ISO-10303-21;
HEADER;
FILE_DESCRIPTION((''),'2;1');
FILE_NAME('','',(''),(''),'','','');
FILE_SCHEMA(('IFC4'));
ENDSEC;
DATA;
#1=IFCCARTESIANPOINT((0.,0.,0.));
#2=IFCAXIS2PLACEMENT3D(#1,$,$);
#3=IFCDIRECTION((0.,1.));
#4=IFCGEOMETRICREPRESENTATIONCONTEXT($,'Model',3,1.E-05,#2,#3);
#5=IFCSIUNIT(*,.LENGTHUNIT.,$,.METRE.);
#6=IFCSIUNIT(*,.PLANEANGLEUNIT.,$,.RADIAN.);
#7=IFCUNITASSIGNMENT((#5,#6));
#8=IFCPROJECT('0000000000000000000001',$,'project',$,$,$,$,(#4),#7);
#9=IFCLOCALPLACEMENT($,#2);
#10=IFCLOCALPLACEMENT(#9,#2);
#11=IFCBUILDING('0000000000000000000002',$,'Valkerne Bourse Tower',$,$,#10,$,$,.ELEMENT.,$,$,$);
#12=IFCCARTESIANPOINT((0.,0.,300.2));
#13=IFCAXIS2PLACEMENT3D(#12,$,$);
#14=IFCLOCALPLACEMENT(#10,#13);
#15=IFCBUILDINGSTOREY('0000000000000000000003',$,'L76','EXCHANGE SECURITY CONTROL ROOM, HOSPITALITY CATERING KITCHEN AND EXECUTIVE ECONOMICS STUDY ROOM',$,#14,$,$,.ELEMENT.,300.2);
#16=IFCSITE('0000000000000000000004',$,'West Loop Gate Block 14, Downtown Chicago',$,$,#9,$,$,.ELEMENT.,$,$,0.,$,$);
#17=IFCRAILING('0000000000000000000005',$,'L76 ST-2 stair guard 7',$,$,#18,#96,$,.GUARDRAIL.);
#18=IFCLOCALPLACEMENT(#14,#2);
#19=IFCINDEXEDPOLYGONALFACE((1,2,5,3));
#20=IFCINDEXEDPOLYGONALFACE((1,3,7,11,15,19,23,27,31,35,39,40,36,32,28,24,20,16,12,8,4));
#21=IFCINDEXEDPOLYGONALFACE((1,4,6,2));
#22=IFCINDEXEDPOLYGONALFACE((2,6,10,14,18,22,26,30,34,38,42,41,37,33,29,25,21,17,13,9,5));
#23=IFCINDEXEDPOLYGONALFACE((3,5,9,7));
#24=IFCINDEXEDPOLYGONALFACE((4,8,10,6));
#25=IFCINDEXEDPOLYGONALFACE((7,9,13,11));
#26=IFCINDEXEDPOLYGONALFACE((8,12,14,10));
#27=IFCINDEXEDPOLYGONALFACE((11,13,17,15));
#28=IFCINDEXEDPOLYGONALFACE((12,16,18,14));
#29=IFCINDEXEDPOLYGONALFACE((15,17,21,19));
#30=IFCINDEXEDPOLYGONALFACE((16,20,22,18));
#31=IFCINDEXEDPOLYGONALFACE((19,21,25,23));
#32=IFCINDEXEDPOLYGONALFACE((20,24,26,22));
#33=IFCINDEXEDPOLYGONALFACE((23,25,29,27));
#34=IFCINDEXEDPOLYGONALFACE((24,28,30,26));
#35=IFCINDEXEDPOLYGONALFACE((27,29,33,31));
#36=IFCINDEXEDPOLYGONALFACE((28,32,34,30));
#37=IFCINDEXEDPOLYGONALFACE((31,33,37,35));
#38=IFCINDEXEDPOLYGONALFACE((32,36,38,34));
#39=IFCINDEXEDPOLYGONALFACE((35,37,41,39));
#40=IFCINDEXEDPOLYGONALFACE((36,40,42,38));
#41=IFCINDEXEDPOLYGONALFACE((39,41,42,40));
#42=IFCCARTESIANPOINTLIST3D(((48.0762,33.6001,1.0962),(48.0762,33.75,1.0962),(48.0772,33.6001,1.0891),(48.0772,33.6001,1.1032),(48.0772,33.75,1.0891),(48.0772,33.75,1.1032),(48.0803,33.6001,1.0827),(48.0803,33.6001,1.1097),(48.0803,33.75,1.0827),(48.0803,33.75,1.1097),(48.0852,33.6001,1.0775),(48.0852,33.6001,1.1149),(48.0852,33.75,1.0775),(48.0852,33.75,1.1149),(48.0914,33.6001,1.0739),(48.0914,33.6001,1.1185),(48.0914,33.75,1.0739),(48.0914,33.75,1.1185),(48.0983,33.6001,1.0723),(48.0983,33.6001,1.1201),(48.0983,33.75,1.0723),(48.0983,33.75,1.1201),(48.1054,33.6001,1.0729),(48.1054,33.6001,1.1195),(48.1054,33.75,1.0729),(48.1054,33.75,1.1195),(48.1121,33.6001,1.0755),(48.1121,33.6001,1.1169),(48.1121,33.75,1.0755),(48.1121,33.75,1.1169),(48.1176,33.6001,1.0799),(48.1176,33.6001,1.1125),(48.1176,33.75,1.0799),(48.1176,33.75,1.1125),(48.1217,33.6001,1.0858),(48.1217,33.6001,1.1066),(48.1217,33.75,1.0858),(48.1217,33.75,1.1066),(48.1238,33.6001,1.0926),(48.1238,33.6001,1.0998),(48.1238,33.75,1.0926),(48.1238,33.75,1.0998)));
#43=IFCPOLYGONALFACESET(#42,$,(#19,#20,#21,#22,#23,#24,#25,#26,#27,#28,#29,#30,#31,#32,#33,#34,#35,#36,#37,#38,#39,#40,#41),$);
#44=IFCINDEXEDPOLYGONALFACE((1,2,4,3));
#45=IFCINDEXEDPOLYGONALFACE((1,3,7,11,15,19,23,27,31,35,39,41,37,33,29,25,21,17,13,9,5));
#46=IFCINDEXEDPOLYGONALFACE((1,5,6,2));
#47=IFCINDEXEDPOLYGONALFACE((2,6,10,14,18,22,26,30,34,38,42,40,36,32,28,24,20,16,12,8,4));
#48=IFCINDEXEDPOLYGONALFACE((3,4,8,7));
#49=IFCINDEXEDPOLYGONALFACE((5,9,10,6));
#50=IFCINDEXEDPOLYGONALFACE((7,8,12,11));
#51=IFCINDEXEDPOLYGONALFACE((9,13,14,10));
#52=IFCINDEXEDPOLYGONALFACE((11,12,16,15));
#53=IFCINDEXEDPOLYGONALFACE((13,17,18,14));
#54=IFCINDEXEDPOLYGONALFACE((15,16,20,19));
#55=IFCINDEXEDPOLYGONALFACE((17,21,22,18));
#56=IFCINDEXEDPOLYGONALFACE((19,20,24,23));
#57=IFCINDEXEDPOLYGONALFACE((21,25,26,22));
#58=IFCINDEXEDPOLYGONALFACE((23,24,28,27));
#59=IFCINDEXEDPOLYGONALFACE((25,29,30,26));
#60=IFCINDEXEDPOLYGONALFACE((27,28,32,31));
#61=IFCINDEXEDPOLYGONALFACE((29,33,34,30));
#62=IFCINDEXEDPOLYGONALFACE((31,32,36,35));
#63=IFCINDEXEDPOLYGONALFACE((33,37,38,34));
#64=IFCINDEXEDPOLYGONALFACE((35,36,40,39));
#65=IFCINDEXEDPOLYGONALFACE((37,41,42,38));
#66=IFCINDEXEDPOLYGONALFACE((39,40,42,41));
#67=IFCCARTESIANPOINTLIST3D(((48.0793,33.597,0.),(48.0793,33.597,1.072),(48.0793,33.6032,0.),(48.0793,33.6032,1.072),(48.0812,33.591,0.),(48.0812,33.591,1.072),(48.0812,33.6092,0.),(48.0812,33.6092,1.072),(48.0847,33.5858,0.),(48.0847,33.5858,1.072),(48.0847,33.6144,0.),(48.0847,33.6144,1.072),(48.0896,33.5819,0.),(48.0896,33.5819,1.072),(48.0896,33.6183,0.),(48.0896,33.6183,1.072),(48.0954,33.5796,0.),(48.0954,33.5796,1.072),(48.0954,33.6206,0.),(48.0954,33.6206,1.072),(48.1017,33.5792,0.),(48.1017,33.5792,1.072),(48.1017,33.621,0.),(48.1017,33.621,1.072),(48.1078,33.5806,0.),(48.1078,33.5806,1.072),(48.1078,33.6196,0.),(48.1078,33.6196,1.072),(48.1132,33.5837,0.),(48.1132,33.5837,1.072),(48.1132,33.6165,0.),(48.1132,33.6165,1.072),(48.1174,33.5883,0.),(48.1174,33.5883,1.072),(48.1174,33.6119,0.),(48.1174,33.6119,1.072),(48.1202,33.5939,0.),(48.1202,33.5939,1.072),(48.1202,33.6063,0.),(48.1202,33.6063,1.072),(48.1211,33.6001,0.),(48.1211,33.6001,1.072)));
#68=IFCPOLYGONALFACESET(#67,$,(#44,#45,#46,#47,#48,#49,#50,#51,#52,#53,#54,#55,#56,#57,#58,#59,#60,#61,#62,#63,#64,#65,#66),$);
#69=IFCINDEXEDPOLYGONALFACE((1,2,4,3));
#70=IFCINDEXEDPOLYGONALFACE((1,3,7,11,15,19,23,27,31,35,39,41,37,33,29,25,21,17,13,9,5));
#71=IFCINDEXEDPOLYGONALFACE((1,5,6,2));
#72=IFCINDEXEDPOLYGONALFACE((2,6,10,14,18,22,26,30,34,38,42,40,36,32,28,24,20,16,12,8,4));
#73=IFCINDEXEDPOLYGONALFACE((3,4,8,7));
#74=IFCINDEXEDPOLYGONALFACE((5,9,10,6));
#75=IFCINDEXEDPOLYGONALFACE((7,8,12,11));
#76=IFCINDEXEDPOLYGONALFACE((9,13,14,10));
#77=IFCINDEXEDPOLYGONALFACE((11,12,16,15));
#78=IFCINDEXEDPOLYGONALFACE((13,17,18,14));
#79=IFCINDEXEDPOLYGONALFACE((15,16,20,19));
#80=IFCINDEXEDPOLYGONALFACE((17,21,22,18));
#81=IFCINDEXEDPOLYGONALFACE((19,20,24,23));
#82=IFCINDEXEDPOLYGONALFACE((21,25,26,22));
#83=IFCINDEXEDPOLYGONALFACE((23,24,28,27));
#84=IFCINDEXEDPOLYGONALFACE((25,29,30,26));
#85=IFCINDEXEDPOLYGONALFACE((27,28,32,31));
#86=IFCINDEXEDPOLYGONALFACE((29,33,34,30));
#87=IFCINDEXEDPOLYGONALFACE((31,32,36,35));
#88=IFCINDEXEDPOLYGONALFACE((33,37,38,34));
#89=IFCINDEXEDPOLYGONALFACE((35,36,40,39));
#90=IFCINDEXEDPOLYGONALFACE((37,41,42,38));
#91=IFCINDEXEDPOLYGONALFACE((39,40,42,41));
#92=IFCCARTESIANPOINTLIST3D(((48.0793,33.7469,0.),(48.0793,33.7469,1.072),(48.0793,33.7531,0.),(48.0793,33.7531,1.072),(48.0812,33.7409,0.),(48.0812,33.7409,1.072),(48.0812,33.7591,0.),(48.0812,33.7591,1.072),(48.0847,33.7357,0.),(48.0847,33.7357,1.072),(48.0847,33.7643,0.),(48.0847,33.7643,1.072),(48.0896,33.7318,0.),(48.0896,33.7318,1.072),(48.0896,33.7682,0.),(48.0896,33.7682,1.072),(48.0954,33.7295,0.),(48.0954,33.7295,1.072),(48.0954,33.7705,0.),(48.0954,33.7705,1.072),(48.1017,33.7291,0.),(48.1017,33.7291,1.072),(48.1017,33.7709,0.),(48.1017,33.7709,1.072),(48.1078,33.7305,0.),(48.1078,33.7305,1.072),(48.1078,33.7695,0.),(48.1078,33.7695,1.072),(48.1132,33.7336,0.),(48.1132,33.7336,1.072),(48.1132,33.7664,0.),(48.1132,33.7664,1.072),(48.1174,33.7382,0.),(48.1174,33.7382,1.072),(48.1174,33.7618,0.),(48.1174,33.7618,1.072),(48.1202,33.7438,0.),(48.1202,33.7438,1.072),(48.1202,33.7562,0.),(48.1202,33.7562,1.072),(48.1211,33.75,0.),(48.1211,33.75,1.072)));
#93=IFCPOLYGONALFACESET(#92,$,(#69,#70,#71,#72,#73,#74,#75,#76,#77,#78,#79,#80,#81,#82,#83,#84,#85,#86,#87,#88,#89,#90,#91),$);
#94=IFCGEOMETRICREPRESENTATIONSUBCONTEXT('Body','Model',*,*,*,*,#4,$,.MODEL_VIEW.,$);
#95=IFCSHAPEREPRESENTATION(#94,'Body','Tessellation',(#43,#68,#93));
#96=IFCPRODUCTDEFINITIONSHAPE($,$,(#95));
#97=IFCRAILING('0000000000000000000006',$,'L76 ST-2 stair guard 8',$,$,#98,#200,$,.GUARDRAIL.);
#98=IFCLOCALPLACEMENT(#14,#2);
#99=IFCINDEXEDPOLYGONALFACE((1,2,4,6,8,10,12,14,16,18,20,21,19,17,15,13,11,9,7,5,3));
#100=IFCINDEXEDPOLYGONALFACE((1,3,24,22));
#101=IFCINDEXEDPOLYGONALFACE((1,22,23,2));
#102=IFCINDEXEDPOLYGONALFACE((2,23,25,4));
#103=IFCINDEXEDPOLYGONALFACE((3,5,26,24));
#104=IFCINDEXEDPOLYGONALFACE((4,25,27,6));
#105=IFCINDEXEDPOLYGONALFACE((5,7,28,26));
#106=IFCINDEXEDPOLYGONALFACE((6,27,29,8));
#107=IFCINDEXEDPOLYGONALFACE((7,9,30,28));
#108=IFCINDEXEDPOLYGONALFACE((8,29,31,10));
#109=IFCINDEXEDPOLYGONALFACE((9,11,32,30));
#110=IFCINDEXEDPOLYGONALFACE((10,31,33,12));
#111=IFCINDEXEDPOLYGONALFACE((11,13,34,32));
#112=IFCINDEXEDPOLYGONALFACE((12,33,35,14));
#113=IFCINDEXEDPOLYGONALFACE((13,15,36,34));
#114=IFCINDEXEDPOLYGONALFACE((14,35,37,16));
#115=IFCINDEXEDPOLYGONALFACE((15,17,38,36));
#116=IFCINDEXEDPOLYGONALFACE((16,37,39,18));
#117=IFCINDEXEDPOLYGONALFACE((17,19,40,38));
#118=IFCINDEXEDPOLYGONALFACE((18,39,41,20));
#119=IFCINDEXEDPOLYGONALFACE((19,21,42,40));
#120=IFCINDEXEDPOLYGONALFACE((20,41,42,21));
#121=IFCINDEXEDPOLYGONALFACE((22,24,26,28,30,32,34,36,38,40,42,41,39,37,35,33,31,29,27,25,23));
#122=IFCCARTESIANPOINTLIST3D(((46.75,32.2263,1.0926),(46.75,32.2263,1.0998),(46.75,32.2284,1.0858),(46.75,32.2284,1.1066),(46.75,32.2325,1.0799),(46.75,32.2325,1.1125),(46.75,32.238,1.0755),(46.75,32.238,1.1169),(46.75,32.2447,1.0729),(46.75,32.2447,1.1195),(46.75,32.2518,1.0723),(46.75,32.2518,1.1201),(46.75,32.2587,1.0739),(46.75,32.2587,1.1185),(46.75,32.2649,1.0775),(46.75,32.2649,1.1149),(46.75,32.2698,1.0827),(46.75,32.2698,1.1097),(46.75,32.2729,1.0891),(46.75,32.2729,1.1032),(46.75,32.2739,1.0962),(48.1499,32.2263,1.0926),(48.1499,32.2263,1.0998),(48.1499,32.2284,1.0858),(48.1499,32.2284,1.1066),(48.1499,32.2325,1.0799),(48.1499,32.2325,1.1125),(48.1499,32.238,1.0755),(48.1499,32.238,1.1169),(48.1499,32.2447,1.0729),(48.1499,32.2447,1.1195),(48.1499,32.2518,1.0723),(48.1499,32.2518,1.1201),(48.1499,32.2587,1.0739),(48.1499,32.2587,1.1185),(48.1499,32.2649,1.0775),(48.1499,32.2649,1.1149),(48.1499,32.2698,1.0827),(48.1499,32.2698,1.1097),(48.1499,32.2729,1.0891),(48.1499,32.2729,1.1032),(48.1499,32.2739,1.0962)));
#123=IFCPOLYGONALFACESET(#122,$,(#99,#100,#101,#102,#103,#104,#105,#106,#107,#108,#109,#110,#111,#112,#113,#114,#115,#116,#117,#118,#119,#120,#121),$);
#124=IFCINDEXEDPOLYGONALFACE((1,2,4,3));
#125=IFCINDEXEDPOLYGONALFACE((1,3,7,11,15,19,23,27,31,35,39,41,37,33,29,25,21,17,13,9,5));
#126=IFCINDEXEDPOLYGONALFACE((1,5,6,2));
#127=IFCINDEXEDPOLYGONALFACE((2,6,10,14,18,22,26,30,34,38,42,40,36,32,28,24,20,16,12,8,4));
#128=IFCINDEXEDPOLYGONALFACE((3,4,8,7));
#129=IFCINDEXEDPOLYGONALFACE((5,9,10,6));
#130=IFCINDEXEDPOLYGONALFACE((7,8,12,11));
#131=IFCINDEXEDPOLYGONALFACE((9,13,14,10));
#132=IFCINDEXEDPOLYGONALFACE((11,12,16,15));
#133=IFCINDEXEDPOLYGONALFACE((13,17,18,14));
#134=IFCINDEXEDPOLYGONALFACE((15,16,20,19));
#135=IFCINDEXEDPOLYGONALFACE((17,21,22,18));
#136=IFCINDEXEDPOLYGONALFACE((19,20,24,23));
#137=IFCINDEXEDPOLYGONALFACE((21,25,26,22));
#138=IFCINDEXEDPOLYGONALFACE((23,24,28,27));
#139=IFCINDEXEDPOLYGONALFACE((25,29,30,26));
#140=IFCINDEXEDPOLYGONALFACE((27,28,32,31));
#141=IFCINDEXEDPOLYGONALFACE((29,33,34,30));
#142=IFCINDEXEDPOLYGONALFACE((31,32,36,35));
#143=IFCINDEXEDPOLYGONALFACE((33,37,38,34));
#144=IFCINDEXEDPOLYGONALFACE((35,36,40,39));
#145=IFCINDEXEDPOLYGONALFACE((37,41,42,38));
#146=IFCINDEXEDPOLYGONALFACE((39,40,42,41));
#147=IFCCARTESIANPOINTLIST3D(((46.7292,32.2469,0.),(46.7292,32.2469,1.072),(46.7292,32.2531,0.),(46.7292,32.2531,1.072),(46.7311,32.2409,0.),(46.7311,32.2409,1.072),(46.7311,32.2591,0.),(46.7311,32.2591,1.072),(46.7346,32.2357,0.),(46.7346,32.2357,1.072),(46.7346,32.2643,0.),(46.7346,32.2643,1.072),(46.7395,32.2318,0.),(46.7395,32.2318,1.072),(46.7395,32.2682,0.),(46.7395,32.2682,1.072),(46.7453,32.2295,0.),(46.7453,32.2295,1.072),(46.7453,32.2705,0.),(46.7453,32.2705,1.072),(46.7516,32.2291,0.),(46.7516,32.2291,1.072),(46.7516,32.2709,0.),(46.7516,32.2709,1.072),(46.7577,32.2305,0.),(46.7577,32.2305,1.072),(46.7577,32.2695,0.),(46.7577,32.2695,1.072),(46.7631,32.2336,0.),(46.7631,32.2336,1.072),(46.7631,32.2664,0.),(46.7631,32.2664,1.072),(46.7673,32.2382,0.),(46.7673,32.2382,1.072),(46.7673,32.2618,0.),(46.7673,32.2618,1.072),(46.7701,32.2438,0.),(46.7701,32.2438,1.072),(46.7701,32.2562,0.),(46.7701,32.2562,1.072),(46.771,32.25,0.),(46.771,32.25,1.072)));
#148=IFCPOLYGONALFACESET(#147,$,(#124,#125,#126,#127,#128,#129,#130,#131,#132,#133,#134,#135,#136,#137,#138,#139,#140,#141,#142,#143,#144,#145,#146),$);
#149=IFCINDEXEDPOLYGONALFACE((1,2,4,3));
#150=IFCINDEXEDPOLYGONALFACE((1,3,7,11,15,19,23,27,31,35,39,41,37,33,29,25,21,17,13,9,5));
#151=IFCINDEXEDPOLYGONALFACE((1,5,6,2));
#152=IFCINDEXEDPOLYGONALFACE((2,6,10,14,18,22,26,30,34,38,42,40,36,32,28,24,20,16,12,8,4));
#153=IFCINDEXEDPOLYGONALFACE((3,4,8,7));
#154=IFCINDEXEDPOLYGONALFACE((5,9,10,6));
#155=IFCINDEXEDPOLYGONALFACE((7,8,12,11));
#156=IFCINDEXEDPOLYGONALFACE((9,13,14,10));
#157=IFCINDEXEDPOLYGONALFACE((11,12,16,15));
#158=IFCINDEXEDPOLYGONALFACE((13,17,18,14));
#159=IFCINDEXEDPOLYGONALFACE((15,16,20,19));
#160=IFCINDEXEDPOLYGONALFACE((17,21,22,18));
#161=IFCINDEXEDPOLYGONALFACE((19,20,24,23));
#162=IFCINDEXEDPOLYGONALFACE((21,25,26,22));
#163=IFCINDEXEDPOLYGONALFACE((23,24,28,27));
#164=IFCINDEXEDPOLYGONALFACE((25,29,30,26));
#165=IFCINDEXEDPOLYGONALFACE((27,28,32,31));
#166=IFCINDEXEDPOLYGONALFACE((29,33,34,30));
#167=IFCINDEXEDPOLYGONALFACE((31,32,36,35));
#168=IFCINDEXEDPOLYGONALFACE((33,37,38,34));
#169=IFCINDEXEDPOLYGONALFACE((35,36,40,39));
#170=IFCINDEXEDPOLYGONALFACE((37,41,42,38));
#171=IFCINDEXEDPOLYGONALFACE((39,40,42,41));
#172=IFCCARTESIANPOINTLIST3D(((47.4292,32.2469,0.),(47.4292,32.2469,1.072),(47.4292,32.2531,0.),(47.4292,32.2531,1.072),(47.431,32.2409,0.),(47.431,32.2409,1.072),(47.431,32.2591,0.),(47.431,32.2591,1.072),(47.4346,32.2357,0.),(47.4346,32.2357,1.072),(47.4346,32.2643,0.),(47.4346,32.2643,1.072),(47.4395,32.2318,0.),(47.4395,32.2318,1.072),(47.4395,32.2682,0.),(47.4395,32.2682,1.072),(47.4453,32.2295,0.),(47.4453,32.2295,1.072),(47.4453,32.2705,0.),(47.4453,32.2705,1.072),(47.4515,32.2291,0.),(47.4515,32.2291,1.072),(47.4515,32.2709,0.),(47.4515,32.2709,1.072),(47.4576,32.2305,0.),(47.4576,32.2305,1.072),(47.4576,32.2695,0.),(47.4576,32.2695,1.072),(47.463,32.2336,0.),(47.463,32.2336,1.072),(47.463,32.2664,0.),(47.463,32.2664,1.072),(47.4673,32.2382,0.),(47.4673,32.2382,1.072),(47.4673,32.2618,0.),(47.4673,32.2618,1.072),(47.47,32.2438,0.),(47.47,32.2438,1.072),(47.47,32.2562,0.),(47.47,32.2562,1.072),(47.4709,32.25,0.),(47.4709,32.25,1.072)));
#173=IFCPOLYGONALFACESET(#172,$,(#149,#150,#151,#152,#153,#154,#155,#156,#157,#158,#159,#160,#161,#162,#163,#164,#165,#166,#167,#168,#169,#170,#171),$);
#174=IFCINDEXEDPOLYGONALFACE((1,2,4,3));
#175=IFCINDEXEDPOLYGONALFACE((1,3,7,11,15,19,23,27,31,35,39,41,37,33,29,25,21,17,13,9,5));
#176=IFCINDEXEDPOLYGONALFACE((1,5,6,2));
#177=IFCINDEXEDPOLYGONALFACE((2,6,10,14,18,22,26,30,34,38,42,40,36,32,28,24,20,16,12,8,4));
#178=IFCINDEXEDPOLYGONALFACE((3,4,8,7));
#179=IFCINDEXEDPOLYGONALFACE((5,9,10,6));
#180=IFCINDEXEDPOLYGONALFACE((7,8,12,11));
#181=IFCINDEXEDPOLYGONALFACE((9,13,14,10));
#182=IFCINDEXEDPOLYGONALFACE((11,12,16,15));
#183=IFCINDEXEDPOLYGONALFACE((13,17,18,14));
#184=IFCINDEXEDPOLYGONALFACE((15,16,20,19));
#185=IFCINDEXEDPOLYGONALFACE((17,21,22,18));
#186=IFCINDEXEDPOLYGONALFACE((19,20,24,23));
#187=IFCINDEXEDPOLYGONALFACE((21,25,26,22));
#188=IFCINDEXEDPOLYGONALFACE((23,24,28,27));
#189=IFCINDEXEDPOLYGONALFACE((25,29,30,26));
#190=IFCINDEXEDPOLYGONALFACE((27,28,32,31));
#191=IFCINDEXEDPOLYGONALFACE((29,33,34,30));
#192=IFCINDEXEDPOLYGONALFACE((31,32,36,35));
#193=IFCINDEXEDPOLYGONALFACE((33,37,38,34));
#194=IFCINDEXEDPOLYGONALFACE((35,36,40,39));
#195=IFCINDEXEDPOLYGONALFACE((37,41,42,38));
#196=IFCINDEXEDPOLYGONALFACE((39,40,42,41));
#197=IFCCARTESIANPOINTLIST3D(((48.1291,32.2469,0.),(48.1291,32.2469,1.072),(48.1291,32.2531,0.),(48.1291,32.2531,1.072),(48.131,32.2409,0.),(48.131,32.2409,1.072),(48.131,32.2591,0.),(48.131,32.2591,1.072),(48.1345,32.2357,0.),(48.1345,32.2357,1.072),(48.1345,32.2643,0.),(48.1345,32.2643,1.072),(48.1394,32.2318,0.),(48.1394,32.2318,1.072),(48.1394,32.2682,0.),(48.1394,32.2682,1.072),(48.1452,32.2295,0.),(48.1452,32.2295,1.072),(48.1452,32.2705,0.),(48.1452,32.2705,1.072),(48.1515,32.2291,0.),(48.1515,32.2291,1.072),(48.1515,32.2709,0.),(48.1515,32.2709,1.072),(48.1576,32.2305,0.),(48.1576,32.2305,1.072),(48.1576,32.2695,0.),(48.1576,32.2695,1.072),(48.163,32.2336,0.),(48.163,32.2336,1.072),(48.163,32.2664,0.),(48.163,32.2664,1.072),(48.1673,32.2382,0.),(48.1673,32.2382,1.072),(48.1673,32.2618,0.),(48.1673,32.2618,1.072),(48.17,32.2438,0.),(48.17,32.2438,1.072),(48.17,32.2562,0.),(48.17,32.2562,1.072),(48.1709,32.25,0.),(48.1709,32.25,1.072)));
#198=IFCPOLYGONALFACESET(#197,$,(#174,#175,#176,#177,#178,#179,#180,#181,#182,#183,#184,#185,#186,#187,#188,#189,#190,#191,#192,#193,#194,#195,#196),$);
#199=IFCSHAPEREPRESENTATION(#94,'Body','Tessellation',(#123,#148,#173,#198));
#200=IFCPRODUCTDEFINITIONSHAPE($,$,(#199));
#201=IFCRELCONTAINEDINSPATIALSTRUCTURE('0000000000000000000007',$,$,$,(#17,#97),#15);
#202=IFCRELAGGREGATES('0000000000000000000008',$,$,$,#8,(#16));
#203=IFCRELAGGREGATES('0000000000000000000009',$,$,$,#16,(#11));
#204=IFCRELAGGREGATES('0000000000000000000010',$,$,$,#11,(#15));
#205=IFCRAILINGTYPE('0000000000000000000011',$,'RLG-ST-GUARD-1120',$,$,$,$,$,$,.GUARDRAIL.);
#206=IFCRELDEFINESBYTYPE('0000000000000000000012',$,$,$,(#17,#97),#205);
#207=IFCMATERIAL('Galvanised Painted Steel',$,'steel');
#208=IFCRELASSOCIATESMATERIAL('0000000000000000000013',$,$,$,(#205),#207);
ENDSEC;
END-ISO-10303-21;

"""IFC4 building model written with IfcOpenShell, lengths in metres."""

from ifc_helpers import new_model, si_unit, direction, frame, origin, origin_2d, place, context, subcontext, project, spatial, circle, extrude, material, type_object, element, save


model = new_model("IFC4")

# Units and contexts
model_context = context("Model", 3, precision=1e-05, world=origin(), true_north=direction((0.0, 1.0)))
body_context = subcontext(model_context, "Body", "Model", "MODEL_VIEW")
ifc_project = project(units=[si_unit("LENGTHUNIT", "METRE"), si_unit("PLANEANGLEUNIT", "RADIAN")], contexts=[model_context])

# Site, building, storey
site_placement = place(None, origin())
site = spatial("IfcSite", under=ifc_project, at=site_placement, Name="West Loop Gate Block 14, Downtown Chicago", CompositionType="ELEMENT", RefElevation=0.0)
building_placement = place(site_placement, origin())
building = spatial("IfcBuilding", under=site, at=building_placement, Name="Valkerne Bourse Tower", CompositionType="ELEMENT")
storey_placement = place(building_placement, frame((0.0, 0.0, 300.2)))
storey = spatial("IfcBuildingStorey", under=building, at=storey_placement, Name="L76", Description="EXCHANGE SECURITY CONTROL ROOM, HOSPITALITY CATERING KITCHEN AND EXECUTIVE ECONOMICS STUDY ROOM", CompositionType="ELEMENT", Elevation=300.2)

# Shared definitions
ifc_material_1 = material(Name="Galvanised Painted Steel", Category="steel")

# Railings
railing_type_1 = type_object("IfcRailingType", Name="RLG-ST-GUARD-1120", PredefinedType="GUARDRAIL", material=ifc_material_1)
railing_1_placement = place(storey_placement, frame((48.1001, 33.6001, 0.0)))
element("IfcRailing", 1, at=railing_1_placement, inside=storey, type_object=railing_type_1, Name="L76 ST-2 stair guard 7", PredefinedType="GUARDRAIL", context=body_context, shape_type="SweptSolid", body=[
    extrude(circle(Radius=0.0239, at=origin_2d()), frame((0.0, 0.0, 1.0962), z_axis=(0.0, 1.0, 0.0), x_axis=(-1.0, 0.0, 0.0)), (0.0, 0.0, 1.0), 0.1499),
    extrude(circle(Radius=0.021, at=origin_2d()), origin(), (0.0, 0.0, 1.0), 1.072),
    extrude(circle(Radius=0.021, at=origin_2d()), frame((0.0, 0.1499, 0.0)), (0.0, 0.0, 1.0), 1.072),
])
for number, where, name in (
    (2, (46.75, 32.25, 0.0), "L76 ST-2 stair guard 8"),
):
    element("IfcRailing", number, at=place(storey_placement, frame(where)), inside=storey, type_object=railing_type_1, Name=name, PredefinedType="GUARDRAIL", context=body_context, shape_type="SweptSolid", body=[
        extrude(circle(Radius=0.0239, at=origin_2d()), frame((0.0, 0.0, 1.0962), z_axis=(1.0, 0.0, 0.0), x_axis=(0.0, 1.0, 0.0)), (0.0, 0.0, 1.0), 1.3999),
        extrude(circle(Radius=0.021, at=origin_2d()), origin(), (0.0, 0.0, 1.0), 1.072),
        extrude(circle(Radius=0.021, at=origin_2d()), frame((0.7, 0.0, 0.0)), (0.0, 0.0, 1.0), 1.072),
        extrude(circle(Radius=0.021, at=origin_2d()), frame((1.3999, 0.0, 0.0)), (0.0, 0.0, 1.0), 1.072),
    ])

save(model, "model.ifc")
